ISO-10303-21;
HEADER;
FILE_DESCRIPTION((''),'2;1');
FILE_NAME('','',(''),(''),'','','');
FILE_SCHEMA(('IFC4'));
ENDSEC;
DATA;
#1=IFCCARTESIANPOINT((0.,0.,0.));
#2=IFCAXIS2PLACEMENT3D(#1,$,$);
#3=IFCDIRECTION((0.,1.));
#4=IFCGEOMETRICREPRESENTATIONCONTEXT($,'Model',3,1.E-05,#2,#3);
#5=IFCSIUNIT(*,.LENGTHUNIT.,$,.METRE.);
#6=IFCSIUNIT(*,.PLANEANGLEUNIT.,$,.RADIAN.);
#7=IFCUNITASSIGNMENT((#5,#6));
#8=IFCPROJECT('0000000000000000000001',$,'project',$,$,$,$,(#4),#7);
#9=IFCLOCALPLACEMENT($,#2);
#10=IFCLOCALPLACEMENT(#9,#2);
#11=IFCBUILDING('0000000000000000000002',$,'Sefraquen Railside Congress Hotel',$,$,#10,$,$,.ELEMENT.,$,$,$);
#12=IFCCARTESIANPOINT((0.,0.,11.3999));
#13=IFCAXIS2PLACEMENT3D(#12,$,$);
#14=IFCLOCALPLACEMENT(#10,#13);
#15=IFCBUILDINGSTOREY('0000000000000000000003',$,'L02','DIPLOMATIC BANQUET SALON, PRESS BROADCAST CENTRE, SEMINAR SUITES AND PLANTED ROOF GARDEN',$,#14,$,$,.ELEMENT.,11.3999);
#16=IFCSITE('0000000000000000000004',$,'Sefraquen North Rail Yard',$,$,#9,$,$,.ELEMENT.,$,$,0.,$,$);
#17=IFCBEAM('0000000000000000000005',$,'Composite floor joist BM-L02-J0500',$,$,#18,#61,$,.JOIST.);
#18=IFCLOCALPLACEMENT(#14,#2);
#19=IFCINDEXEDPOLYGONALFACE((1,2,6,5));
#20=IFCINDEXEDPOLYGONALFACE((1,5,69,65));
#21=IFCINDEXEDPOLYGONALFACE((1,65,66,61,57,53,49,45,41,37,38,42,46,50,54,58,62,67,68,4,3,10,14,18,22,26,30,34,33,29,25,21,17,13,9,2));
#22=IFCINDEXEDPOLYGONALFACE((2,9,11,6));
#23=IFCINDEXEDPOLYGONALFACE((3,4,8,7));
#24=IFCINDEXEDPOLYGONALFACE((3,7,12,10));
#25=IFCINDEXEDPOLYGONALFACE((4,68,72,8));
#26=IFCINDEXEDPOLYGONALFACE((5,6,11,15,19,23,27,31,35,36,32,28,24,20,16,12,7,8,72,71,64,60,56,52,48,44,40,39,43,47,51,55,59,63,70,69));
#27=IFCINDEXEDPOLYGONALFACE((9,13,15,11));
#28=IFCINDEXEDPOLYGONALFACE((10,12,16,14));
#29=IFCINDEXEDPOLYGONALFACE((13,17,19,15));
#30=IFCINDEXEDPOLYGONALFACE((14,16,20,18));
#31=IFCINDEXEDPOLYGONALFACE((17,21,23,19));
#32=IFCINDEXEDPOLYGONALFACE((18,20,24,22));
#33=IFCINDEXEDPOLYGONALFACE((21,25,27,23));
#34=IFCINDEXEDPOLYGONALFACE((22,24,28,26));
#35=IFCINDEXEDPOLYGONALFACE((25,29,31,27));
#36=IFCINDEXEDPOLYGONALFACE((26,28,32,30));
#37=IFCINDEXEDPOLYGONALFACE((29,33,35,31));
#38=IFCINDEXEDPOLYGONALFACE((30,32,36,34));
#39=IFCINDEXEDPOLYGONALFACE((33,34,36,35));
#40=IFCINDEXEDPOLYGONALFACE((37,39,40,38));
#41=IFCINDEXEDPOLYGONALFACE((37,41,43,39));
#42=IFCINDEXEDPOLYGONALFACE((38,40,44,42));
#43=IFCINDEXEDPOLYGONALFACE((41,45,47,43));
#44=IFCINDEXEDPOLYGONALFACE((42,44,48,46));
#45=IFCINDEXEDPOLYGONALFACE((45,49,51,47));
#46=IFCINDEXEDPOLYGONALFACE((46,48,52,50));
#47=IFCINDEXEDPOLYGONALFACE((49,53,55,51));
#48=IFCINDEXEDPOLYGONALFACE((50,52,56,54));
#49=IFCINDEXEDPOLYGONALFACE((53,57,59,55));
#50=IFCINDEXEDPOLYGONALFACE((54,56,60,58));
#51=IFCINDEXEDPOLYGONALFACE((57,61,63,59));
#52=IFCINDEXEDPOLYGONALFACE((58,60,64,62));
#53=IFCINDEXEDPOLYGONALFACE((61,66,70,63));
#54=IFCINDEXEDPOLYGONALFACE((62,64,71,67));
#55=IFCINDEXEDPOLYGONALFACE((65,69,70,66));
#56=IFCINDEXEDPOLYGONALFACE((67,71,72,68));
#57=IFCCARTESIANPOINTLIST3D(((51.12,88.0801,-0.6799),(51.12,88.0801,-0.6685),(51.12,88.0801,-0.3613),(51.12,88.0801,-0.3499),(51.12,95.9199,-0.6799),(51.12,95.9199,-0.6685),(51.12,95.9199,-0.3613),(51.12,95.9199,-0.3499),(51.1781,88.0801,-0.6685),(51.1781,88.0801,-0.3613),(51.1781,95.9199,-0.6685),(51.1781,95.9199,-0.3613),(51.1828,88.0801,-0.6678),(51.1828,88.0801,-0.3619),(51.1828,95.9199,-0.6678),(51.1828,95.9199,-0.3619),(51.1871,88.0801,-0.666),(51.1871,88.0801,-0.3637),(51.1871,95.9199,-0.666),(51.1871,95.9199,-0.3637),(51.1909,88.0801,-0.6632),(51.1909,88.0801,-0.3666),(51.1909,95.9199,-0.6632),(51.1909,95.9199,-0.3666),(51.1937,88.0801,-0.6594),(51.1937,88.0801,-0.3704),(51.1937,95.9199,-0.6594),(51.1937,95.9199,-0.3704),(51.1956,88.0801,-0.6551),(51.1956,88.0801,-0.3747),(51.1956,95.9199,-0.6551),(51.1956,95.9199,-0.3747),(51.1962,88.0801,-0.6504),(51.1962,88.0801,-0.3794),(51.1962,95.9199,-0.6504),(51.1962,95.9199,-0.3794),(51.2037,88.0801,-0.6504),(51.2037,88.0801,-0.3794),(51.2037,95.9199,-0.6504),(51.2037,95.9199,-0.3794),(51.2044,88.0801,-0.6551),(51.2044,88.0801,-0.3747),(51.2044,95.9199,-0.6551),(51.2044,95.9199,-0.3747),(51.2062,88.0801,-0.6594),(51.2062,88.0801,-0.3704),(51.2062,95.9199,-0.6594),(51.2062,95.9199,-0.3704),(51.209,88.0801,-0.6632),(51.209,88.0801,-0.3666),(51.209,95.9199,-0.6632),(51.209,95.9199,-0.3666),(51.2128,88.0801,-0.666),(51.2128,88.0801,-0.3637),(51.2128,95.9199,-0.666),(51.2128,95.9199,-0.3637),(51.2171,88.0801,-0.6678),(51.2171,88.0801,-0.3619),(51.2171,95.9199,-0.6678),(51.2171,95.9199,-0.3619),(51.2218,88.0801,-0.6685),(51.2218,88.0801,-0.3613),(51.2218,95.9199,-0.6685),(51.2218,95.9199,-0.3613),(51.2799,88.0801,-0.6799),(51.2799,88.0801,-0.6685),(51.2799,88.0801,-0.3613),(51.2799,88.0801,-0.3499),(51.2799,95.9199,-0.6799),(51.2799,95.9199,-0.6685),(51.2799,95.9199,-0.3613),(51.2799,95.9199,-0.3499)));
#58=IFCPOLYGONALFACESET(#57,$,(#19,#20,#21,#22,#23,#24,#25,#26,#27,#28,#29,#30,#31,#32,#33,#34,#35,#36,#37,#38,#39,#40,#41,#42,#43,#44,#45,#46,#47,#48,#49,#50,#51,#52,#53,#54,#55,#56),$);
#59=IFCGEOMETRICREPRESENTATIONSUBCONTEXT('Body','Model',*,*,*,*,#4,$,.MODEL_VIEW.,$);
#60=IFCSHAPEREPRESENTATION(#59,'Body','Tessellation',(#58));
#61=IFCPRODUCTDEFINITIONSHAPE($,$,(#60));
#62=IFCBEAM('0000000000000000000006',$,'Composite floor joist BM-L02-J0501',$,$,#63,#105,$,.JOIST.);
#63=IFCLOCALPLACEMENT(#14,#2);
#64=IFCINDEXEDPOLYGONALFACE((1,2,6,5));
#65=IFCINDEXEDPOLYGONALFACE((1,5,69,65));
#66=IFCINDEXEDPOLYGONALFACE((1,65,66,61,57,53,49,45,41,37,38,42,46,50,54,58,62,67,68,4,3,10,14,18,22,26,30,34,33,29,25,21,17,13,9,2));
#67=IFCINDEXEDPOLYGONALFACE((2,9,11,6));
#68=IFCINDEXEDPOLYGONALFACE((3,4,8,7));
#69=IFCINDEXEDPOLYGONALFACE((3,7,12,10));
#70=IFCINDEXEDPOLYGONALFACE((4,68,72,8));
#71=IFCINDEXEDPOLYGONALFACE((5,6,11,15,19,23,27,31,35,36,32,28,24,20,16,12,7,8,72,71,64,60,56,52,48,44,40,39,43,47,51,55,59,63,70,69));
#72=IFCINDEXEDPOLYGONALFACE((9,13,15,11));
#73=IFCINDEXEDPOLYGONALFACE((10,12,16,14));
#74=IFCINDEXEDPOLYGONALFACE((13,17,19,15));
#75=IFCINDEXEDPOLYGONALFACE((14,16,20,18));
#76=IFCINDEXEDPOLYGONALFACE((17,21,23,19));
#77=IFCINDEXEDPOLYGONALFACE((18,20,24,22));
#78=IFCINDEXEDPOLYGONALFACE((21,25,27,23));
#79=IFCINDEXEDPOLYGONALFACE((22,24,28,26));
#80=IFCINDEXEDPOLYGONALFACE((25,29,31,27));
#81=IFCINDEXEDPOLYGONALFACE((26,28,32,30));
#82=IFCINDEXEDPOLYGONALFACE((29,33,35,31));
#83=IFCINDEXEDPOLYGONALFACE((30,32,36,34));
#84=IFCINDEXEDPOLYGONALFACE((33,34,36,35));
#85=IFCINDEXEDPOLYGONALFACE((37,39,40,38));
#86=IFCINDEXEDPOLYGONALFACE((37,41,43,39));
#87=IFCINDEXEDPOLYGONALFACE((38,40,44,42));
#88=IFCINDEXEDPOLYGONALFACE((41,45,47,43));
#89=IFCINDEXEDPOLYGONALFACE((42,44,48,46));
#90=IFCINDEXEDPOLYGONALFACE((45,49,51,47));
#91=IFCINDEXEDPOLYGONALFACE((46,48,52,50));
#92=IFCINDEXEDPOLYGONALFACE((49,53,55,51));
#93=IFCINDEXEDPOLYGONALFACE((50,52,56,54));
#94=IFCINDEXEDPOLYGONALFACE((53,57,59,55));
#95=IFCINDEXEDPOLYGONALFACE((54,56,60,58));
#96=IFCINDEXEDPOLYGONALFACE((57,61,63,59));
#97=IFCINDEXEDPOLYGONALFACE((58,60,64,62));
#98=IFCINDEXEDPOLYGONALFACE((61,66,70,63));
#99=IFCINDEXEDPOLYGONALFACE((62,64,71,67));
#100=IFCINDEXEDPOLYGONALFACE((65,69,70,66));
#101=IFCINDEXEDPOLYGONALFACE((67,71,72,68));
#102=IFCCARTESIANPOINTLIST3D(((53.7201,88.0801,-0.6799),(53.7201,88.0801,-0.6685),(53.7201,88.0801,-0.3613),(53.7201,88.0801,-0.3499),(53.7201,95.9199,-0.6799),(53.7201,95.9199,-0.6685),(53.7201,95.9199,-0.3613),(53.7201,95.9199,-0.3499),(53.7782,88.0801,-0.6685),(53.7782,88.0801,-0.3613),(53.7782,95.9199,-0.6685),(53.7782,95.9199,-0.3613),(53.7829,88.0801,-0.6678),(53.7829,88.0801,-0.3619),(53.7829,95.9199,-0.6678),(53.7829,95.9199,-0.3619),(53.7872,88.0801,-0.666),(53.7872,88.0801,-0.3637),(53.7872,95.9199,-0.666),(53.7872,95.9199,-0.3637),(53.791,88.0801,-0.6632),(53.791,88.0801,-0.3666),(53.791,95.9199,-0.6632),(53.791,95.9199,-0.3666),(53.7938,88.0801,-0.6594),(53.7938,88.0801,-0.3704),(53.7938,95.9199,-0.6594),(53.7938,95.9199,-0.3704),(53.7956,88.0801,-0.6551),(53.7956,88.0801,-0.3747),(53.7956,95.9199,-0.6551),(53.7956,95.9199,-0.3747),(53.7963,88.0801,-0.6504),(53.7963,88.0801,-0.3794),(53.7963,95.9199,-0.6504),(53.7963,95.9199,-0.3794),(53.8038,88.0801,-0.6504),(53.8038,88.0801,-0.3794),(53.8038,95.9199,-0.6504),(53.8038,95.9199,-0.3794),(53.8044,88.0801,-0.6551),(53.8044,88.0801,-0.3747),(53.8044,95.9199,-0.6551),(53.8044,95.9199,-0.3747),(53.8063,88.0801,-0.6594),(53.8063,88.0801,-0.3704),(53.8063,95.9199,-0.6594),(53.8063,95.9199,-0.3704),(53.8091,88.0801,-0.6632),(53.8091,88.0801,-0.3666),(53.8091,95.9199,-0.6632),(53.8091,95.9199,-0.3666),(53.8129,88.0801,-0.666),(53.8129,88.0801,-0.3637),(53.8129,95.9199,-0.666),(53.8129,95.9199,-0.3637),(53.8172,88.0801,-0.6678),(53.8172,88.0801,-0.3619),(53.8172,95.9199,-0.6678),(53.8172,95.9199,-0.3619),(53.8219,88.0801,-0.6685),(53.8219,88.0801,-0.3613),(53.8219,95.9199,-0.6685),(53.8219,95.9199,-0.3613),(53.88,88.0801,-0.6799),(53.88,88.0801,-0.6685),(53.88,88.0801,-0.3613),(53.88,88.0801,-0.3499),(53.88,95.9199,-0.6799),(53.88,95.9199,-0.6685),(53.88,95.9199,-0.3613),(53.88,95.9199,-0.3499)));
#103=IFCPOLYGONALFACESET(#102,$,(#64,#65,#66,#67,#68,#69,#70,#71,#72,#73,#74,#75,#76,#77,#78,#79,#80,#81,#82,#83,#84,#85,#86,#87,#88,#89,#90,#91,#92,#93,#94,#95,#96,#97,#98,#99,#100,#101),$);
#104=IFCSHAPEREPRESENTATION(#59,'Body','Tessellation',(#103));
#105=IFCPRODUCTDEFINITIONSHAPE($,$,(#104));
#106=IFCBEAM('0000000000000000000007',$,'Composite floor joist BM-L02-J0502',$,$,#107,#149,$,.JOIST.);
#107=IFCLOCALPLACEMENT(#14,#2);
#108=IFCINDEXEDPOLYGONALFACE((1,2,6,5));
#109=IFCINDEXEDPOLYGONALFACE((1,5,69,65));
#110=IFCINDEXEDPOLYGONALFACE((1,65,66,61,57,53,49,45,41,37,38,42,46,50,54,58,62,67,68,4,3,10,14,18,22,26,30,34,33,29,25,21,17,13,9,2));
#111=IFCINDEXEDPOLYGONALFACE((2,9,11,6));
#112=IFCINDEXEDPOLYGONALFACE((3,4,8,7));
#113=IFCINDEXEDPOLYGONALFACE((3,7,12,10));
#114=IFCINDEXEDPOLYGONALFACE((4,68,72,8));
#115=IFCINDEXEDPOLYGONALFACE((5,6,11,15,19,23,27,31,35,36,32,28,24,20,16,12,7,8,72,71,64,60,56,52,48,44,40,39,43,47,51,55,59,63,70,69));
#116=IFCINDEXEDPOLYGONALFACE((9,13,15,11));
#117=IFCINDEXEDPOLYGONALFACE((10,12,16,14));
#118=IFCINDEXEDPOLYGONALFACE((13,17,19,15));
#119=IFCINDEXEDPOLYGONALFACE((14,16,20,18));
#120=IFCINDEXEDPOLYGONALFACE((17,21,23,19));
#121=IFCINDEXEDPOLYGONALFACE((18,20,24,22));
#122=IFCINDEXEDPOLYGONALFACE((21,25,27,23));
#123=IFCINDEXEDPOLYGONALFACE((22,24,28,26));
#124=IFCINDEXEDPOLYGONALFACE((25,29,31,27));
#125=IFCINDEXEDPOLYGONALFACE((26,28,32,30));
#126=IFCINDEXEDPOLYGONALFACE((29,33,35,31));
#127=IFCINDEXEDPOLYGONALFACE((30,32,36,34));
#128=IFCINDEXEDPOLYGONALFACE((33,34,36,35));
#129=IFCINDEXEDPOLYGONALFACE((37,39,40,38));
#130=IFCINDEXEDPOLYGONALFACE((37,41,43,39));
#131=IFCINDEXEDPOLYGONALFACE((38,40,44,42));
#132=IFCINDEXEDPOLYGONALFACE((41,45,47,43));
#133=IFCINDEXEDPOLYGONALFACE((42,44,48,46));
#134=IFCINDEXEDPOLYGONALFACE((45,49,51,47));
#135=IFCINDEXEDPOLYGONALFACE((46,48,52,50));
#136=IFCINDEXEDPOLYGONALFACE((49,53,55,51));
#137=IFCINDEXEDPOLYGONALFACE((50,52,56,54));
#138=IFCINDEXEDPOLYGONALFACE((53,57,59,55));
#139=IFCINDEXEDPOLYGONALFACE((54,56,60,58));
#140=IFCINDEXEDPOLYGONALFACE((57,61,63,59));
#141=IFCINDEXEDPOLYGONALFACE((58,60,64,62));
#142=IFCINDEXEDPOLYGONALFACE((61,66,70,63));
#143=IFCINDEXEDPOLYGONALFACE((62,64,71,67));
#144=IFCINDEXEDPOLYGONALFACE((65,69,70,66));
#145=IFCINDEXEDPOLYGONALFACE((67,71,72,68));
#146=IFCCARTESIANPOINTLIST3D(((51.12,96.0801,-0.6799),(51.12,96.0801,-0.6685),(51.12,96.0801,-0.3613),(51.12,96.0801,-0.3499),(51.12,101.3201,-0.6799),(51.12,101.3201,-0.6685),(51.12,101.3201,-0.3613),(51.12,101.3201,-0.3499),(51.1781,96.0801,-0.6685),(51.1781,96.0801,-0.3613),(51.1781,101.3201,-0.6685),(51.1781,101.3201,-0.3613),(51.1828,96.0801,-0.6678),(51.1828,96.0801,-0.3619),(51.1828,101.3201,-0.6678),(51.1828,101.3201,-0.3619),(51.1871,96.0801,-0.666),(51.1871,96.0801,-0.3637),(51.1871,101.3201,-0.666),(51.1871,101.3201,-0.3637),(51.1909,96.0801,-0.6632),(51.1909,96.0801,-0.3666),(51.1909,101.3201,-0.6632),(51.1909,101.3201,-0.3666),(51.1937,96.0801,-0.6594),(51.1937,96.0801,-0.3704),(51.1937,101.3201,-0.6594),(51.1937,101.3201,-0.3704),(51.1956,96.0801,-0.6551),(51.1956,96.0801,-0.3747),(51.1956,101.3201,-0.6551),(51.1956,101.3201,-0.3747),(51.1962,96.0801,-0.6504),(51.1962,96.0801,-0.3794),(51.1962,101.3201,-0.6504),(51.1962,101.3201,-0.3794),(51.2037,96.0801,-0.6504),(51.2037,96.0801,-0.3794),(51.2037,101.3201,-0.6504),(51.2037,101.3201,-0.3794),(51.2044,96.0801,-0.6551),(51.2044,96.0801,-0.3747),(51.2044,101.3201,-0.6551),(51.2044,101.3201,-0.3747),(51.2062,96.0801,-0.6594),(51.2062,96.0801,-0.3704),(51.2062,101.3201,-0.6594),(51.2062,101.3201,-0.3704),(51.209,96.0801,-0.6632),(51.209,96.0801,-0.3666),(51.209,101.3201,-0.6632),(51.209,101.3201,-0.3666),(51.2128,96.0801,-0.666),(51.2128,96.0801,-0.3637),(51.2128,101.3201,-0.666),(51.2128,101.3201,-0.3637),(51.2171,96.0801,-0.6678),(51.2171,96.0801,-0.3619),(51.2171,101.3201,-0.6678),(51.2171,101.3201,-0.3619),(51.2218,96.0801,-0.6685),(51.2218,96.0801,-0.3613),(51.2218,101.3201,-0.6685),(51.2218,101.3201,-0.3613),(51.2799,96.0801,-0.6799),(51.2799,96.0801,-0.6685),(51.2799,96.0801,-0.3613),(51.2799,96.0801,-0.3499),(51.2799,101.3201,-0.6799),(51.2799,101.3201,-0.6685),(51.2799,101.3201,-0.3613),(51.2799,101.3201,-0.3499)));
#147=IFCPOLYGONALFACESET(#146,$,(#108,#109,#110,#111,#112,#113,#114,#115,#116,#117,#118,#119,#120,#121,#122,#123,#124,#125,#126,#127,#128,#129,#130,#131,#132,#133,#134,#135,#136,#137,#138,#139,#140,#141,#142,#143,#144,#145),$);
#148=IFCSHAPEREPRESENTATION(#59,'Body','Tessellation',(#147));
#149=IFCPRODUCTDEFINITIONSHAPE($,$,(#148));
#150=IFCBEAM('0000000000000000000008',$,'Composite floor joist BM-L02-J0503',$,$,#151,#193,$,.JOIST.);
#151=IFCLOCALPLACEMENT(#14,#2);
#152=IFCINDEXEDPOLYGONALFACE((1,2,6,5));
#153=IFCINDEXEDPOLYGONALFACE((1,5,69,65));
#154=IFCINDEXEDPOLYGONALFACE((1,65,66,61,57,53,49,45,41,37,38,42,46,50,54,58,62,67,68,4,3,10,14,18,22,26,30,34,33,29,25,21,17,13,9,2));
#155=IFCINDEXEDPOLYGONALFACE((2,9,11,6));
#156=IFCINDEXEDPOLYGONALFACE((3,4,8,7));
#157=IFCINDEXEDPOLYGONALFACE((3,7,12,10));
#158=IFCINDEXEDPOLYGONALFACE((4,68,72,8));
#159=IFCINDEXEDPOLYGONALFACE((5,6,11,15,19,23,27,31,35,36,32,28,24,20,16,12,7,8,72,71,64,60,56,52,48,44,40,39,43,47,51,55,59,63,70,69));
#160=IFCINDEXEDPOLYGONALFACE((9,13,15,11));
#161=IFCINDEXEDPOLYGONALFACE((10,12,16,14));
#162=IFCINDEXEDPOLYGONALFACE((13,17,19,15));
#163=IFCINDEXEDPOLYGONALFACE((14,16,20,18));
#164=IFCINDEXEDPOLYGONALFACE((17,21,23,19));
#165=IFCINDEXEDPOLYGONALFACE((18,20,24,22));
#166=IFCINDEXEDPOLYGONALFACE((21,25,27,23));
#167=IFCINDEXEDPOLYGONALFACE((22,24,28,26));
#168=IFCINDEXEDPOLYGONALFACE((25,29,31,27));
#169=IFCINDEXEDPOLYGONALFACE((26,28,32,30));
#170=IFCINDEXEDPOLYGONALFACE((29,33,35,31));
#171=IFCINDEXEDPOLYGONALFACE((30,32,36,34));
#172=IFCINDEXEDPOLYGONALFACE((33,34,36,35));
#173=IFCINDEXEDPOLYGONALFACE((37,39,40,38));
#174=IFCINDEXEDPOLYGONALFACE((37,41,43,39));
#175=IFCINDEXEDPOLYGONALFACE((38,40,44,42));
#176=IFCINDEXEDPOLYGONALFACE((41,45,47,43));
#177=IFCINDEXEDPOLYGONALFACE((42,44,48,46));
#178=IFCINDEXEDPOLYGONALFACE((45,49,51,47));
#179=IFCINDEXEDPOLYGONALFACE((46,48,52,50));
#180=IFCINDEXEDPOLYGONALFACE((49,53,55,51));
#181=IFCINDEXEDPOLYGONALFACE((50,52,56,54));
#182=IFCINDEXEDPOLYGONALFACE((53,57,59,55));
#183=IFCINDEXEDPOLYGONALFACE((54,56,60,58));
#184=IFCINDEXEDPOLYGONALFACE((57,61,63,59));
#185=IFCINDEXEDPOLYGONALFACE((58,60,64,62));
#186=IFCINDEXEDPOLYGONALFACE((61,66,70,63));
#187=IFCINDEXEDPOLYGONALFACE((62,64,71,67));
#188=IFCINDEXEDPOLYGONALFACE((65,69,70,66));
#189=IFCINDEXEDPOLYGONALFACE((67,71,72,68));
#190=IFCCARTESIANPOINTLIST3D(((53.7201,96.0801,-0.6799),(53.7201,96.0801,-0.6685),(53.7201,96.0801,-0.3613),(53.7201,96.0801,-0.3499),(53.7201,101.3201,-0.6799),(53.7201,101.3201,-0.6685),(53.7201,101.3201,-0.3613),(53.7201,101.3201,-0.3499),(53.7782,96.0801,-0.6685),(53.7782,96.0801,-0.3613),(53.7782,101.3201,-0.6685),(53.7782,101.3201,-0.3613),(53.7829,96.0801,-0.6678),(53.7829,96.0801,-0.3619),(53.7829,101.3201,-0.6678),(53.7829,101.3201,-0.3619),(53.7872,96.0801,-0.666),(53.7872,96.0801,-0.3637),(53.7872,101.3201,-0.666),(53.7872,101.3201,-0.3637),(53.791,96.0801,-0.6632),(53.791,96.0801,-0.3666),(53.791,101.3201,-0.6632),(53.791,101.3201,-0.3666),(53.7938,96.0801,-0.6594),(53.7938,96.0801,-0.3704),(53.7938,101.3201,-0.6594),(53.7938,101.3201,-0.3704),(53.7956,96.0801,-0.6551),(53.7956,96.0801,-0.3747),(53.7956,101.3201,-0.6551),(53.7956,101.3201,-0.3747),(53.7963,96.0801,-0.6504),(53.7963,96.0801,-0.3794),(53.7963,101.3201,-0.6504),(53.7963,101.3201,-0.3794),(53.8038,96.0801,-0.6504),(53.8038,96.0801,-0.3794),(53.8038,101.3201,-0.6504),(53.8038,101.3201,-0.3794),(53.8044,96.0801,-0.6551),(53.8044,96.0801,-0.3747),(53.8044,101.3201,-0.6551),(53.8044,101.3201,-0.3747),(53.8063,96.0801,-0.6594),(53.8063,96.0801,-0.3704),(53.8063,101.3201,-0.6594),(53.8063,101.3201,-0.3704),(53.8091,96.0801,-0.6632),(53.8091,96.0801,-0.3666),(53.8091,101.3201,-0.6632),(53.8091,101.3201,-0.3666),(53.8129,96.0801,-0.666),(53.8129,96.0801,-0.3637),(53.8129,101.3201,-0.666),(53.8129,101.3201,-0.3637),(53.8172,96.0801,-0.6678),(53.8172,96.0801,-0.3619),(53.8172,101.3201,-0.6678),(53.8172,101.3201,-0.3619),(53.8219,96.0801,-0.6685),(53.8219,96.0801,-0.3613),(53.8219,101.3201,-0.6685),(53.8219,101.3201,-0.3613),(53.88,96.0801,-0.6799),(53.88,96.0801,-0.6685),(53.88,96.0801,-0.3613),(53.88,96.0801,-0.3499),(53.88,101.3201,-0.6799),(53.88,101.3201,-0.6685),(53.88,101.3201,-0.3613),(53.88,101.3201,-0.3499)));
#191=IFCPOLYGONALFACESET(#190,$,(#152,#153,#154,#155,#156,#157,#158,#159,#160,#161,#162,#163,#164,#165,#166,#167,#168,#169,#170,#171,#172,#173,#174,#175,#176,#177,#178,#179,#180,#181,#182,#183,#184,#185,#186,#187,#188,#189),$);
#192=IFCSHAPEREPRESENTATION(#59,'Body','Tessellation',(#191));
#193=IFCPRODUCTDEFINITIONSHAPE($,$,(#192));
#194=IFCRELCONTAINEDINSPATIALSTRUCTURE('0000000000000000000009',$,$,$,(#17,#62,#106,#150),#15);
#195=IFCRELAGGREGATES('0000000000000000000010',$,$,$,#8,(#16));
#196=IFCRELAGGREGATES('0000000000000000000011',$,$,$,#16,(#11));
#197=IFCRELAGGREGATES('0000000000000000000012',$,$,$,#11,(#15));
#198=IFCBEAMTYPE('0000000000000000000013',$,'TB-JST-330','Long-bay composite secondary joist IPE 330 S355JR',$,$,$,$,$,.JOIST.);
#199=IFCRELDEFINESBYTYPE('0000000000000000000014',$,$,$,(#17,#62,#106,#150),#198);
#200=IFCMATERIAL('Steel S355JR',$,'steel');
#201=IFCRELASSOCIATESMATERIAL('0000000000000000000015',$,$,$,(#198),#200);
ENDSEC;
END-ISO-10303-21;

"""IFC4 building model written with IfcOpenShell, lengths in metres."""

from ifc_helpers import new_model, si_unit, direction, frame, origin, origin_2d, place, context, subcontext, project, spatial, i_section, extrude, material, material_profile, profile_set, type_object, element, save


model = new_model("IFC4")

# Units and contexts
model_context = context("Model", 3, precision=1e-05, world=origin(), true_north=direction((0.0, 1.0)))
body_context = subcontext(model_context, "Body", "Model", "MODEL_VIEW")
ifc_project = project(units=[si_unit("LENGTHUNIT", "METRE"), si_unit("PLANEANGLEUNIT", "RADIAN")], contexts=[model_context])

# Site, building, storey
site_placement = place(None, origin())
site = spatial("IfcSite", under=ifc_project, at=site_placement, Name="Sefraquen North Rail Yard", CompositionType="ELEMENT", RefElevation=0.0)
building_placement = place(site_placement, origin())
building = spatial("IfcBuilding", under=site, at=building_placement, Name="Sefraquen Railside Congress Hotel", CompositionType="ELEMENT")
storey_placement = place(building_placement, frame((0.0, 0.0, 11.3999)))
storey = spatial("IfcBuildingStorey", under=building, at=storey_placement, Name="L02", Description="DIPLOMATIC BANQUET SALON, PRESS BROADCAST CENTRE, SEMINAR SUITES AND PLANTED ROOF GARDEN", CompositionType="ELEMENT", Elevation=11.3999)

# Shared definitions
ifc_material_1 = material(Name="Steel S355JR", Category="steel")

# Beams
ifc_material_profile_1 = material_profile(ifc_material_1, i_section(OverallWidth=0.1599, OverallDepth=0.3301, WebThickness=0.0076, FlangeThickness=0.0115, FilletRadius=0.0181, at=origin_2d()), Name="IPE 330")
ifc_profile_set_1 = profile_set([ifc_material_profile_1], Name="Steel S355JR")
beam_type_1 = type_object("IfcBeamType", Name="TB-JST-330", Description="Long-bay composite secondary joist IPE 330 S355JR", PredefinedType="JOIST", material=ifc_profile_set_1)
for number, where, z_axis, x_axis, name in (
    (1, (51.2, 88.0801, -0.5149), (0.0, 1.0, 0.0), (-1.0, 0.0, 0.0), "Composite floor joist BM-L02-J0500"),
    (2, (53.8, 88.0801, -0.5149), (0.0, 1.0, 0.0), (-1.0, 0.0, 0.0), "Composite floor joist BM-L02-J0501"),
):
    element("IfcBeam", number, at=place(storey_placement, frame(where, z_axis=z_axis, x_axis=x_axis)), inside=storey, type_object=beam_type_1, Name=name, PredefinedType="JOIST", context=body_context, shape_type="SweptSolid", body=[
        extrude(i_section(OverallWidth=0.1599, OverallDepth=0.3301, WebThickness=0.0076, FlangeThickness=0.0115, FilletRadius=0.0181, at=origin_2d()), origin(), (0.0, 0.0, 1.0), 7.8398),
    ])
for number, where, z_axis, x_axis, name in (
    (3, (51.2, 96.0801, -0.5149), (0.0, 1.0, 0.0), (-1.0, 0.0, 0.0), "Composite floor joist BM-L02-J0502"),
    (4, (53.8, 96.0801, -0.5149), (0.0, 1.0, 0.0), (-1.0, 0.0, 0.0), "Composite floor joist BM-L02-J0503"),
):
    element("IfcBeam", number, at=place(storey_placement, frame(where, z_axis=z_axis, x_axis=x_axis)), inside=storey, type_object=beam_type_1, Name=name, PredefinedType="JOIST", context=body_context, shape_type="SweptSolid", body=[
        extrude(i_section(OverallWidth=0.1599, OverallDepth=0.3301, WebThickness=0.0076, FlangeThickness=0.0115, FilletRadius=0.0181, at=origin_2d()), origin(), (0.0, 0.0, 1.0), 5.24),
    ])

save(model, "model.ifc")
